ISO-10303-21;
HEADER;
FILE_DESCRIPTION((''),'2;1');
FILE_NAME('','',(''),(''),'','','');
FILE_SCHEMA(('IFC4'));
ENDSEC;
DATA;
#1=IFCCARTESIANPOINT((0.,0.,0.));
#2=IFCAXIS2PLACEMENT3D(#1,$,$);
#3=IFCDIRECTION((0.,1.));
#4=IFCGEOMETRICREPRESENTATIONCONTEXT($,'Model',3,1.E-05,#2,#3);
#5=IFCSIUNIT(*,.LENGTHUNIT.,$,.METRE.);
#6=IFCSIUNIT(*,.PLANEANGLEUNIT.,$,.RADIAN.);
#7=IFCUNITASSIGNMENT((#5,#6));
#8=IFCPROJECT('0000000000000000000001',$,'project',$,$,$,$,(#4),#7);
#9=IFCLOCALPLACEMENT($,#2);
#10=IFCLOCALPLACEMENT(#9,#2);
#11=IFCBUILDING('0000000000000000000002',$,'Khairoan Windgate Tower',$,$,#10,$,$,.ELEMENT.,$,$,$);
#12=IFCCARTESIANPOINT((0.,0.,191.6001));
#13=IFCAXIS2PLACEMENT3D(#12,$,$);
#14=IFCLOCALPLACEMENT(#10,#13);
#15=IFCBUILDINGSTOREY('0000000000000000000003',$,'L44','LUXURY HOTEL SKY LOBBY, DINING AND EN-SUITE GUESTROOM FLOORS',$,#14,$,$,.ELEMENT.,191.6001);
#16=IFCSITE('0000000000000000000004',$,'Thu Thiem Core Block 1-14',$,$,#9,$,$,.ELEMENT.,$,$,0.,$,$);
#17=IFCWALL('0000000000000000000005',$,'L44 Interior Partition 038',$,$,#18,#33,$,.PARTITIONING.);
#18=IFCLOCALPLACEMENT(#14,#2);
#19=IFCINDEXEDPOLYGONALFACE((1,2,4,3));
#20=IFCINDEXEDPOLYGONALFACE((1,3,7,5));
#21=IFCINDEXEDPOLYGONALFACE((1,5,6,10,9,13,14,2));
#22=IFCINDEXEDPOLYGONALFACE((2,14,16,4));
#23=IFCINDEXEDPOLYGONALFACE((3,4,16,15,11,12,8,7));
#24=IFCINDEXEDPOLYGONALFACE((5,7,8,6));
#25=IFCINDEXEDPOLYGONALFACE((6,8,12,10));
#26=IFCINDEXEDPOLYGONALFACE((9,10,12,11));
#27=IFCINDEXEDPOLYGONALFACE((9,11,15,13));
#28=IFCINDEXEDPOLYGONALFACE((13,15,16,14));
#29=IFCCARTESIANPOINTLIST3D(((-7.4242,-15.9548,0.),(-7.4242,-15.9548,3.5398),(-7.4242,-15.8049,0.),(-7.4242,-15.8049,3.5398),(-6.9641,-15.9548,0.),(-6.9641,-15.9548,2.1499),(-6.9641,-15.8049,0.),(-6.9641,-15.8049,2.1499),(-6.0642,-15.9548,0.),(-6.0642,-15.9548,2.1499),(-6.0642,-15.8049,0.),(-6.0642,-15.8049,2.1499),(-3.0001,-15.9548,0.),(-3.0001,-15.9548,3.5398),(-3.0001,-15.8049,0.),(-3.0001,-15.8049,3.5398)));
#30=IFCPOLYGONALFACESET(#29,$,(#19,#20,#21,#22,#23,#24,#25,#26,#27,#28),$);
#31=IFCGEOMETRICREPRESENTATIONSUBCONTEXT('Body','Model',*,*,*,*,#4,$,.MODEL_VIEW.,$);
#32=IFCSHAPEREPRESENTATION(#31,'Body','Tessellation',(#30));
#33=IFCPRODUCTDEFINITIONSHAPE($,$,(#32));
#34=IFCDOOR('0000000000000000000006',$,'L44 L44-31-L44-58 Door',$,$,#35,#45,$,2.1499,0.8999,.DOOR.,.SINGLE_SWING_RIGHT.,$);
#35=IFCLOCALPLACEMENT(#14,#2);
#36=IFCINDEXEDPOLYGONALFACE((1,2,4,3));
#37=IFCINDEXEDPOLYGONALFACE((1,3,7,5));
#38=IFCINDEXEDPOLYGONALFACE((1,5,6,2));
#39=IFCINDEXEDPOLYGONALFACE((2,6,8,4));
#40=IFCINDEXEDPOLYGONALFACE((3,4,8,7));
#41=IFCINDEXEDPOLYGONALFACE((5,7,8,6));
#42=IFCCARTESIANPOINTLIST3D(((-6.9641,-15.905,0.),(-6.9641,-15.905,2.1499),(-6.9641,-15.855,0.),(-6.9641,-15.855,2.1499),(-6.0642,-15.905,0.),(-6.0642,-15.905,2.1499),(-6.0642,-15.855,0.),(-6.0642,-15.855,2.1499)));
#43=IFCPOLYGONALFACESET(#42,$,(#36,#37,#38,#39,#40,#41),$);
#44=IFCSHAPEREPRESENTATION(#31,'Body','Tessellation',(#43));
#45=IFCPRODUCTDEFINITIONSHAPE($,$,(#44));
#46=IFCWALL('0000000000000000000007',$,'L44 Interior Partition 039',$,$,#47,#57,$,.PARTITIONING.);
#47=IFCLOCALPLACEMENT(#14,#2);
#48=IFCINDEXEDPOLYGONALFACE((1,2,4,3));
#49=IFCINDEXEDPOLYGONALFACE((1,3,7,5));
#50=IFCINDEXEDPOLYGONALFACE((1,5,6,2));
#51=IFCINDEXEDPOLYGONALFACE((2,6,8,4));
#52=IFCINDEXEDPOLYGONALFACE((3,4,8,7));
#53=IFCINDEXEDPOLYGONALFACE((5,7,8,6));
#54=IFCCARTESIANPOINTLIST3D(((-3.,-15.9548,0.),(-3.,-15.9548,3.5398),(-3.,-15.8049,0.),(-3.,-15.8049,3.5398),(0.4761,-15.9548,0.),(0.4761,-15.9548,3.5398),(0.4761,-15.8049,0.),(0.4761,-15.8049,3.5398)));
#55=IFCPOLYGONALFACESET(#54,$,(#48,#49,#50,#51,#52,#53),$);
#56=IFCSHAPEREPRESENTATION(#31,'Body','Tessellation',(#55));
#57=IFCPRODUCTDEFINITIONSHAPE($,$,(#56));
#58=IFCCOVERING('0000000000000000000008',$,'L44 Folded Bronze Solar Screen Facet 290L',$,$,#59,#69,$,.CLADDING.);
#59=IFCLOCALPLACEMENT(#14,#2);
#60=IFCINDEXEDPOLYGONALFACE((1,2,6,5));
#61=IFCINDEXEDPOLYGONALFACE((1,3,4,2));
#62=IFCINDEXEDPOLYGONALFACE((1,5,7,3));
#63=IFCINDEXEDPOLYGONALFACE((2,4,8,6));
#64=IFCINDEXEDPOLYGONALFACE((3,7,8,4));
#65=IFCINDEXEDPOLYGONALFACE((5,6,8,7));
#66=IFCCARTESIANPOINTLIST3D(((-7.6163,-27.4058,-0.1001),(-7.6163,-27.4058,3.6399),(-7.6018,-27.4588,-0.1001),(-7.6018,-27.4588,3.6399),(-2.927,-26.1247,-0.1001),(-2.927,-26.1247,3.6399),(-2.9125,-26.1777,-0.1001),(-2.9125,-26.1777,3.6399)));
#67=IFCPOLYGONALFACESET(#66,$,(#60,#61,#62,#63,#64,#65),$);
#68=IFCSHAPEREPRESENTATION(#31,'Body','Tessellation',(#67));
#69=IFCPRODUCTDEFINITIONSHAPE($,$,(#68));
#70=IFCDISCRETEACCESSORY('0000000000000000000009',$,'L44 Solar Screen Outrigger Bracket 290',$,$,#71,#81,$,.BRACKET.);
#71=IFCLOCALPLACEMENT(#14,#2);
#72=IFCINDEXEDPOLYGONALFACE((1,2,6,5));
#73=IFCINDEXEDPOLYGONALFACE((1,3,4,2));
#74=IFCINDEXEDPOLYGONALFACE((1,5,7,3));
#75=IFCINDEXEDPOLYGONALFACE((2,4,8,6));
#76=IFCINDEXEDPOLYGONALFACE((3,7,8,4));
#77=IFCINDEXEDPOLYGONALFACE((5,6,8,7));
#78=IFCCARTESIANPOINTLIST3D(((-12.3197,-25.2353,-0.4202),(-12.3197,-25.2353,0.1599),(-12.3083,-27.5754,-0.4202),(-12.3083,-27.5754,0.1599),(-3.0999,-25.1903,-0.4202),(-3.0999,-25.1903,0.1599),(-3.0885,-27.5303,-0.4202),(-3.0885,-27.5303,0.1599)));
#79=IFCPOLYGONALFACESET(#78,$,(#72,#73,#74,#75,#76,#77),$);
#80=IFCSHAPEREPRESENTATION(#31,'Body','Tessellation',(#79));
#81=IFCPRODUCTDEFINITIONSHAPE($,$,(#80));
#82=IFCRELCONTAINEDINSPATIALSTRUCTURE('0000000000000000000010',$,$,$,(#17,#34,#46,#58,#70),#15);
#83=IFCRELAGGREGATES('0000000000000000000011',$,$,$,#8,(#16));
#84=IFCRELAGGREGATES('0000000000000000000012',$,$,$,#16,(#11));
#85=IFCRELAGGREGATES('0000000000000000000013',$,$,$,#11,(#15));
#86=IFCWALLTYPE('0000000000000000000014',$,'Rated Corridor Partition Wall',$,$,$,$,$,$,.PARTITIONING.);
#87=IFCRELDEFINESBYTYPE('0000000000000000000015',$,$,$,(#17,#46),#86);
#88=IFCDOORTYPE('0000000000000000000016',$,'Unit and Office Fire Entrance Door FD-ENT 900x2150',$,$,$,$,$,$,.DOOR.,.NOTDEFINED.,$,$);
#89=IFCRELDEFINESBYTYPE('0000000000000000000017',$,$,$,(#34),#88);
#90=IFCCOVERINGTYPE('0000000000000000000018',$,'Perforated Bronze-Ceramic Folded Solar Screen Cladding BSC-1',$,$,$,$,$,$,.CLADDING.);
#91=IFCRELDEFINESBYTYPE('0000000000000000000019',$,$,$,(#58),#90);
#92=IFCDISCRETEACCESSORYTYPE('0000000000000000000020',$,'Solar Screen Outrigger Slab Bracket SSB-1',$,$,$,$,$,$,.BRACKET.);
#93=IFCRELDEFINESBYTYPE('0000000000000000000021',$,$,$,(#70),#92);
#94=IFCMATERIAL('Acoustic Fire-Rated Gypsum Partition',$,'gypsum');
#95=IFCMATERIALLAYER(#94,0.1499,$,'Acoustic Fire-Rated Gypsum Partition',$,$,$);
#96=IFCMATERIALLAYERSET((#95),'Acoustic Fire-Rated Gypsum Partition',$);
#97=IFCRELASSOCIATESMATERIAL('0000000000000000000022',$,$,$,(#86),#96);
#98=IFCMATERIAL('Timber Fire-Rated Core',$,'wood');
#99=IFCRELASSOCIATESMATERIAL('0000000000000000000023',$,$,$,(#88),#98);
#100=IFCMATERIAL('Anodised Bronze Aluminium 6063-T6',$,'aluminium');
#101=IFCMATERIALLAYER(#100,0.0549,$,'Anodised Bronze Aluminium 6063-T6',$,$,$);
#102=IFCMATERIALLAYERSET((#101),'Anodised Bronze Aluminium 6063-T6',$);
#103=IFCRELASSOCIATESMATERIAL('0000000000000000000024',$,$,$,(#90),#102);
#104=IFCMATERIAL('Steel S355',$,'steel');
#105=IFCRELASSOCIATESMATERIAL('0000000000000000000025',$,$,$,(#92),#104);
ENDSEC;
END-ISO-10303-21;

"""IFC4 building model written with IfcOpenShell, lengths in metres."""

from ifc_helpers import new_model, si_unit, direction, frame, frame_2d, origin, origin_2d, place, context, subcontext, project, spatial, rectangle, extrude, material, layer, layer_set, type_object, element, fill, save


model = new_model("IFC4")

# Units and contexts
model_context = context("Model", 3, precision=1e-05, world=origin(), true_north=direction((0.0, 1.0)))
body_context = subcontext(model_context, "Body", "Model", "MODEL_VIEW")
ifc_project = project(units=[si_unit("LENGTHUNIT", "METRE"), si_unit("PLANEANGLEUNIT", "RADIAN")], contexts=[model_context])

# Site, building, storey
site_placement = place(None, origin())
site = spatial("IfcSite", under=ifc_project, at=site_placement, Name="Thu Thiem Core Block 1-14", CompositionType="ELEMENT", RefElevation=0.0)
building_placement = place(site_placement, origin())
building = spatial("IfcBuilding", under=site, at=building_placement, Name="Khairoan Windgate Tower", CompositionType="ELEMENT")
storey_placement = place(building_placement, frame((0.0, 0.0, 191.6001)))
storey = spatial("IfcBuildingStorey", under=building, at=storey_placement, Name="L44", Description="LUXURY HOTEL SKY LOBBY, DINING AND EN-SUITE GUESTROOM FLOORS", CompositionType="ELEMENT", Elevation=191.6001)

# Shared definitions
ifc_material_1 = material(Name="Acoustic Fire-Rated Gypsum Partition", Category="gypsum")
ifc_layer_1 = layer(ifc_material_1, 0.1499, Name="Acoustic Fire-Rated Gypsum Partition")
ifc_layer_set_1 = layer_set([ifc_layer_1], Name="Acoustic Fire-Rated Gypsum Partition")
wall_type_1 = type_object("IfcWallType", Name="Rated Corridor Partition Wall", PredefinedType="PARTITIONING", material=ifc_layer_set_1)
ifc_material_2 = material(Name="Timber Fire-Rated Core", Category="wood")
door_type_1 = type_object("IfcDoorType", Name="Unit and Office Fire Entrance Door FD-ENT 900x2150", OperationType="NOTDEFINED", PredefinedType="DOOR", material=ifc_material_2)

# Wall, opening, door
wall_1_placement = place(storey_placement, frame((-7.4241, -15.8799, 0.0), z_axis=(0.0, 0.0, 1.0), x_axis=(1.0, 0.0, 0.0)))
wall_1 = element("IfcWall", 1, at=wall_1_placement, inside=storey, type_object=wall_type_1, Name="L44 Interior Partition 038", PredefinedType="PARTITIONING", context=body_context, shape_type="SweptSolid", body=[
    extrude(rectangle(XDim=4.4241, YDim=0.1499, at=frame_2d((2.2119, 0.0))), origin(), (0.0, 0.0, 1.0), 3.5398),
])
opening_1_placement = place(wall_1_placement, frame((0.46, 0.0, 0.0)))
opening_1 = element("IfcOpeningElement", 2, at=opening_1_placement, cuts=wall_1, PredefinedType="OPENING", context=body_context, shape_type="SweptSolid", body=[
    extrude(rectangle(XDim=0.8999, YDim=2.1499, at=frame_2d((0.45, 1.075))), frame((0.0, 0.085, 0.0), z_axis=(0.0, -1.0, 0.0), x_axis=(1.0, 0.0, 0.0)), (0.0, 0.0, 1.0), 0.1699),
])
door_1_placement = place(opening_1_placement, origin())
door_1 = element("IfcDoor", 3, at=door_1_placement, inside=storey, type_object=door_type_1, Name="L44 L44-31-L44-58 Door", OperationType="SINGLE_SWING_RIGHT", OverallHeight=2.1499, OverallWidth=0.8999, PredefinedType="DOOR", context=body_context, shape_type="SweptSolid", body=[
    extrude(rectangle(XDim=0.8999, YDim=2.1499, at=frame_2d((0.45, 1.075))), frame((0.0, 0.0249, 0.0), z_axis=(0.0, -1.0, 0.0), x_axis=(1.0, 0.0, 0.0)), (0.0, 0.0, 1.0), 0.05),
])
fill(opening_1, door_1)

# Wall
wall_2_placement = place(storey_placement, frame((-3.0, -15.8799, 0.0), z_axis=(0.0, 0.0, 1.0), x_axis=(1.0, 0.0, 0.0)))
element("IfcWall", 4, at=wall_2_placement, inside=storey, type_object=wall_type_1, Name="L44 Interior Partition 039", PredefinedType="PARTITIONING", context=body_context, shape_type="SweptSolid", body=[
    extrude(rectangle(XDim=3.4761, YDim=0.1499, at=frame_2d((1.738, 0.0))), origin(), (0.0, 0.0, 1.0), 3.5398),
])

# Covering
ifc_material_3 = material(Name="Anodised Bronze Aluminium 6063-T6", Category="aluminium")
ifc_layer_2 = layer(ifc_material_3, 0.0549, Name="Anodised Bronze Aluminium 6063-T6")
ifc_layer_set_2 = layer_set([ifc_layer_2], Name="Anodised Bronze Aluminium 6063-T6")
covering_type = type_object("IfcCoveringType", Name="Perforated Bronze-Ceramic Folded Solar Screen Cladding BSC-1", PredefinedType="CLADDING", material=ifc_layer_set_2)
covering_placement = place(storey_placement, frame((-5.2644, -26.7917, -0.1001), z_axis=(0.0, 0.0, 1.0), x_axis=(-0.964649, -0.263536, 0.0)))
element("IfcCovering", 5, at=covering_placement, inside=storey, type_object=covering_type, Name="L44 Folded Bronze Solar Screen Facet 290L", PredefinedType="CLADDING", context=body_context, shape_type="SweptSolid", body=[
    extrude(rectangle(XDim=4.8611, YDim=0.0549, at=origin_2d()), origin(), (0.0, 0.0, 1.0), 3.74),
])

# Discrete accessory
ifc_material_4 = material(Name="Steel S355", Category="steel")
discrete_accessory_type = type_object("IfcDiscreteAccessoryType", Name="Solar Screen Outrigger Slab Bracket SSB-1", PredefinedType="BRACKET", material=ifc_material_4)
discrete_accessory_placement = place(storey_placement, frame((-7.7041, -26.3828, -0.4202), z_axis=(0.0, 0.0, 1.0), x_axis=(-0.999988, -0.004887, 0.0)))
element("IfcDiscreteAccessory", 6, at=discrete_accessory_placement, inside=storey, type_object=discrete_accessory_type, Name="L44 Solar Screen Outrigger Bracket 290", PredefinedType="BRACKET", context=body_context, shape_type="SweptSolid", body=[
    extrude(rectangle(XDim=9.22, YDim=2.3401, at=origin_2d()), origin(), (0.0, 0.0, 1.0), 0.5801),
])

save(model, "model.ifc")
